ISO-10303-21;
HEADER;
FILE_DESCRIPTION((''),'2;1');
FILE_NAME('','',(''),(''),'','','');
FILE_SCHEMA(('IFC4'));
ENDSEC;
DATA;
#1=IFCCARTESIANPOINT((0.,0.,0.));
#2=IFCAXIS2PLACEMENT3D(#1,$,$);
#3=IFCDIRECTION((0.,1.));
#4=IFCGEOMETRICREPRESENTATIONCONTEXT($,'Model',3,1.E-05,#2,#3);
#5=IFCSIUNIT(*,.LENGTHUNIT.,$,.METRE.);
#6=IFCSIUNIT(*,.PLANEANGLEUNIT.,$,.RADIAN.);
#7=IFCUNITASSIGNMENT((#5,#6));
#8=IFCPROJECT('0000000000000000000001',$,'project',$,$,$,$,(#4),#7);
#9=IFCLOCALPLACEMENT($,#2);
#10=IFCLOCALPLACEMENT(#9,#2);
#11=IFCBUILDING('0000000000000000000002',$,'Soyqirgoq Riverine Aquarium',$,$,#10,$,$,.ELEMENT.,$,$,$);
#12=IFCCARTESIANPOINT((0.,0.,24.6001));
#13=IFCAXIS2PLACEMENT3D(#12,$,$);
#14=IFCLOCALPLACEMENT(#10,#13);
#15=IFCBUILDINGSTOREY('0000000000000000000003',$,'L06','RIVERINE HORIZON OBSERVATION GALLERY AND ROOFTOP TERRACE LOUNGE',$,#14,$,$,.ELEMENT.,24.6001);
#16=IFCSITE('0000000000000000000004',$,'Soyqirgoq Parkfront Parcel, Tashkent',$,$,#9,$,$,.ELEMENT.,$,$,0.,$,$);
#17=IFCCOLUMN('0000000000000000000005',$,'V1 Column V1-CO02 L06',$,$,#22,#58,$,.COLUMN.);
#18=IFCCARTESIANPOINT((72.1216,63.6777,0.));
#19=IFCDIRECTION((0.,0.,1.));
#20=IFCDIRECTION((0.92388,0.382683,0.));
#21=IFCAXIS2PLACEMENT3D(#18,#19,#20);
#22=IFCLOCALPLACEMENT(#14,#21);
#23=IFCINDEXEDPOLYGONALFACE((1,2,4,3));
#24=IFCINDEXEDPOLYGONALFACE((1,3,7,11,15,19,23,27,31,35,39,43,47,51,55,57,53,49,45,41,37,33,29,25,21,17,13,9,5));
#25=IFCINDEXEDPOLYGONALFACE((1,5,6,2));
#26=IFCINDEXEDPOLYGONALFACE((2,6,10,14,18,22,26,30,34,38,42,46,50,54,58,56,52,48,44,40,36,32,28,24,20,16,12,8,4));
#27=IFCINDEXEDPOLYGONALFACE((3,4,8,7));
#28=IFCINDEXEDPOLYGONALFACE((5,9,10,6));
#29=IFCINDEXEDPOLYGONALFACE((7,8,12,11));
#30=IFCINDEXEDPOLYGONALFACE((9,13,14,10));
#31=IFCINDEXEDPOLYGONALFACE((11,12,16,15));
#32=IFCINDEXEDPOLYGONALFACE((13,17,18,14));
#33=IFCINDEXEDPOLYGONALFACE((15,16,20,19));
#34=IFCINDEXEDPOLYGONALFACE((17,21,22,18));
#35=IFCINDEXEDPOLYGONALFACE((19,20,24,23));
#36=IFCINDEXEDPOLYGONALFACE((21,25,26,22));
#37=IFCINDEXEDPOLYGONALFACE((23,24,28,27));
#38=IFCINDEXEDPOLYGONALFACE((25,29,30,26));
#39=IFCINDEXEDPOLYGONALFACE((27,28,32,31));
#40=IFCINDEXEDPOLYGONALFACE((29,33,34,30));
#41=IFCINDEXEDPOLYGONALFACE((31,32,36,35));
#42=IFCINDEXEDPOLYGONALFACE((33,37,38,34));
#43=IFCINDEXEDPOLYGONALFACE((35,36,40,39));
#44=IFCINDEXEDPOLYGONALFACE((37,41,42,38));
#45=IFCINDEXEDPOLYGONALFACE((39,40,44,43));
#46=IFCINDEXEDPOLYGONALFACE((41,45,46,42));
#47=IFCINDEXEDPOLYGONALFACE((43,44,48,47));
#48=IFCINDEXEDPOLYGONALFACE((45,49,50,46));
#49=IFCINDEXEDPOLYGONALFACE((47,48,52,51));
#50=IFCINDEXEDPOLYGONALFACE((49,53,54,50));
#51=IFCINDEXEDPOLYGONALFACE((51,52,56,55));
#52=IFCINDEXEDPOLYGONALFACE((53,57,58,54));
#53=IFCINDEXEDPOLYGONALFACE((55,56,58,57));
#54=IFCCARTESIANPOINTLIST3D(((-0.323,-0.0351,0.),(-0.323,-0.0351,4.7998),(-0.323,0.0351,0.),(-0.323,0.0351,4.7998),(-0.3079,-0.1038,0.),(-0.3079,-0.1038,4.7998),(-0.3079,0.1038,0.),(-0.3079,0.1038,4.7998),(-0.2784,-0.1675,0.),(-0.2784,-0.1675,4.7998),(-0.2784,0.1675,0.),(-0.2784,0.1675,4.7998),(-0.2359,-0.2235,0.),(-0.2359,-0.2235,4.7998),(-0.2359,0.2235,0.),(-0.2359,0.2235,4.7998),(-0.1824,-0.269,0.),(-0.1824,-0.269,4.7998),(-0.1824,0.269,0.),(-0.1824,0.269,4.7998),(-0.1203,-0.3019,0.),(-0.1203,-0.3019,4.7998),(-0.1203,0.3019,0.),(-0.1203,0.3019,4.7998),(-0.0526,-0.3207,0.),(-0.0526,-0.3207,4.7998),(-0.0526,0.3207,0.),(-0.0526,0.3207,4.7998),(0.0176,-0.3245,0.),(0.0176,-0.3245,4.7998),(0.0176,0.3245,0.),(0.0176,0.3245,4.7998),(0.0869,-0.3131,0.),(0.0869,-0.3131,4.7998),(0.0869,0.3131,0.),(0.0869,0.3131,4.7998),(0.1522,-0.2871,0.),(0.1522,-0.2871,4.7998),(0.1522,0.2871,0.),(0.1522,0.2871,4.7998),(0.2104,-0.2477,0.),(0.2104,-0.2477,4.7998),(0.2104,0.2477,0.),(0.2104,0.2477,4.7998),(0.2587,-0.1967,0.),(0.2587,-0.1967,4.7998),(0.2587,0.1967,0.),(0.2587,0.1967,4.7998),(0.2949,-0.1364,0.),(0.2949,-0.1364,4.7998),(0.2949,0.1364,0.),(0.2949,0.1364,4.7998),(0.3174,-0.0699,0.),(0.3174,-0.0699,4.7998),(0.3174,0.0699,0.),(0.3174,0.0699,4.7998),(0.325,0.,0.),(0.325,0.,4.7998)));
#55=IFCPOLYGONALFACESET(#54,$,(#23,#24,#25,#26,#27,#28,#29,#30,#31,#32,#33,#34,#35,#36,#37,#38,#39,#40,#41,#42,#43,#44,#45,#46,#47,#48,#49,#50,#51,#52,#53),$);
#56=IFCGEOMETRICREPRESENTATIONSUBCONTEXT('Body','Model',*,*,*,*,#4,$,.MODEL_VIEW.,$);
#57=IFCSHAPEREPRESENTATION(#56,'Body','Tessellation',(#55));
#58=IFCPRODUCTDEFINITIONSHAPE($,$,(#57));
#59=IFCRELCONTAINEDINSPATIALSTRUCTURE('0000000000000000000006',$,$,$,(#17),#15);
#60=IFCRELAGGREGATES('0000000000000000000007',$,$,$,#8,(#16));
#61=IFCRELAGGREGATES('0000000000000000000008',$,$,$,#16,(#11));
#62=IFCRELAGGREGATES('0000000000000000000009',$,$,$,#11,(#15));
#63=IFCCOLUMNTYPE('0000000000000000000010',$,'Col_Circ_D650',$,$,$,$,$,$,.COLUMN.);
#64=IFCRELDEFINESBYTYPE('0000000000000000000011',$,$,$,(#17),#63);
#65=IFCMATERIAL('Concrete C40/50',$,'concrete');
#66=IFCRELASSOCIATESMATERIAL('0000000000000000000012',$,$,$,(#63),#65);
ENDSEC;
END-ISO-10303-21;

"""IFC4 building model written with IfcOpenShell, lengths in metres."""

from ifc_helpers import new_model, si_unit, direction, frame, origin, origin_2d, place, context, subcontext, project, spatial, circle, extrude, material, material_profile, profile_set, type_object, element, save


model = new_model("IFC4")

# Units and contexts
model_context = context("Model", 3, precision=1e-05, world=origin(), true_north=direction((0.0, 1.0)))
body_context = subcontext(model_context, "Body", "Model", "MODEL_VIEW")
ifc_project = project(units=[si_unit("LENGTHUNIT", "METRE"), si_unit("PLANEANGLEUNIT", "RADIAN")], contexts=[model_context])

# Site, building, storey
site_placement = place(None, origin())
site = spatial("IfcSite", under=ifc_project, at=site_placement, Name="Soyqirgoq Parkfront Parcel, Tashkent", CompositionType="ELEMENT", RefElevation=0.0)
building_placement = place(site_placement, origin())
building = spatial("IfcBuilding", under=site, at=building_placement, Name="Soyqirgoq Riverine Aquarium", CompositionType="ELEMENT")
storey_placement = place(building_placement, frame((0.0, 0.0, 24.6001)))
storey = spatial("IfcBuildingStorey", under=building, at=storey_placement, Name="L06", Description="RIVERINE HORIZON OBSERVATION GALLERY AND ROOFTOP TERRACE LOUNGE", CompositionType="ELEMENT", Elevation=24.6001)

# Column
ifc_material_1 = material(Name="Concrete C40/50", Category="concrete")
ifc_material_profile_1 = material_profile(ifc_material_1, circle(Radius=0.325, at=origin_2d()), Name="RC-COL D650")
ifc_profile_set_1 = profile_set([ifc_material_profile_1], Name="Concrete C40/50")
column_type = type_object("IfcColumnType", Name="Col_Circ_D650", PredefinedType="COLUMN", material=ifc_profile_set_1)
column_placement = place(storey_placement, frame((72.1216, 63.6777, 0.0), z_axis=(0.0, 0.0, 1.0), x_axis=(0.92388, 0.382683, 0.0)))
element("IfcColumn", 1, at=column_placement, inside=storey, type_object=column_type, Name="V1 Column V1-CO02 L06", PredefinedType="COLUMN", context=body_context, shape_type="SweptSolid", body=[
    extrude(circle(Radius=0.325, at=origin_2d()), origin(), (0.0, 0.0, 1.0), 4.7998),
])

save(model, "model.ifc")
